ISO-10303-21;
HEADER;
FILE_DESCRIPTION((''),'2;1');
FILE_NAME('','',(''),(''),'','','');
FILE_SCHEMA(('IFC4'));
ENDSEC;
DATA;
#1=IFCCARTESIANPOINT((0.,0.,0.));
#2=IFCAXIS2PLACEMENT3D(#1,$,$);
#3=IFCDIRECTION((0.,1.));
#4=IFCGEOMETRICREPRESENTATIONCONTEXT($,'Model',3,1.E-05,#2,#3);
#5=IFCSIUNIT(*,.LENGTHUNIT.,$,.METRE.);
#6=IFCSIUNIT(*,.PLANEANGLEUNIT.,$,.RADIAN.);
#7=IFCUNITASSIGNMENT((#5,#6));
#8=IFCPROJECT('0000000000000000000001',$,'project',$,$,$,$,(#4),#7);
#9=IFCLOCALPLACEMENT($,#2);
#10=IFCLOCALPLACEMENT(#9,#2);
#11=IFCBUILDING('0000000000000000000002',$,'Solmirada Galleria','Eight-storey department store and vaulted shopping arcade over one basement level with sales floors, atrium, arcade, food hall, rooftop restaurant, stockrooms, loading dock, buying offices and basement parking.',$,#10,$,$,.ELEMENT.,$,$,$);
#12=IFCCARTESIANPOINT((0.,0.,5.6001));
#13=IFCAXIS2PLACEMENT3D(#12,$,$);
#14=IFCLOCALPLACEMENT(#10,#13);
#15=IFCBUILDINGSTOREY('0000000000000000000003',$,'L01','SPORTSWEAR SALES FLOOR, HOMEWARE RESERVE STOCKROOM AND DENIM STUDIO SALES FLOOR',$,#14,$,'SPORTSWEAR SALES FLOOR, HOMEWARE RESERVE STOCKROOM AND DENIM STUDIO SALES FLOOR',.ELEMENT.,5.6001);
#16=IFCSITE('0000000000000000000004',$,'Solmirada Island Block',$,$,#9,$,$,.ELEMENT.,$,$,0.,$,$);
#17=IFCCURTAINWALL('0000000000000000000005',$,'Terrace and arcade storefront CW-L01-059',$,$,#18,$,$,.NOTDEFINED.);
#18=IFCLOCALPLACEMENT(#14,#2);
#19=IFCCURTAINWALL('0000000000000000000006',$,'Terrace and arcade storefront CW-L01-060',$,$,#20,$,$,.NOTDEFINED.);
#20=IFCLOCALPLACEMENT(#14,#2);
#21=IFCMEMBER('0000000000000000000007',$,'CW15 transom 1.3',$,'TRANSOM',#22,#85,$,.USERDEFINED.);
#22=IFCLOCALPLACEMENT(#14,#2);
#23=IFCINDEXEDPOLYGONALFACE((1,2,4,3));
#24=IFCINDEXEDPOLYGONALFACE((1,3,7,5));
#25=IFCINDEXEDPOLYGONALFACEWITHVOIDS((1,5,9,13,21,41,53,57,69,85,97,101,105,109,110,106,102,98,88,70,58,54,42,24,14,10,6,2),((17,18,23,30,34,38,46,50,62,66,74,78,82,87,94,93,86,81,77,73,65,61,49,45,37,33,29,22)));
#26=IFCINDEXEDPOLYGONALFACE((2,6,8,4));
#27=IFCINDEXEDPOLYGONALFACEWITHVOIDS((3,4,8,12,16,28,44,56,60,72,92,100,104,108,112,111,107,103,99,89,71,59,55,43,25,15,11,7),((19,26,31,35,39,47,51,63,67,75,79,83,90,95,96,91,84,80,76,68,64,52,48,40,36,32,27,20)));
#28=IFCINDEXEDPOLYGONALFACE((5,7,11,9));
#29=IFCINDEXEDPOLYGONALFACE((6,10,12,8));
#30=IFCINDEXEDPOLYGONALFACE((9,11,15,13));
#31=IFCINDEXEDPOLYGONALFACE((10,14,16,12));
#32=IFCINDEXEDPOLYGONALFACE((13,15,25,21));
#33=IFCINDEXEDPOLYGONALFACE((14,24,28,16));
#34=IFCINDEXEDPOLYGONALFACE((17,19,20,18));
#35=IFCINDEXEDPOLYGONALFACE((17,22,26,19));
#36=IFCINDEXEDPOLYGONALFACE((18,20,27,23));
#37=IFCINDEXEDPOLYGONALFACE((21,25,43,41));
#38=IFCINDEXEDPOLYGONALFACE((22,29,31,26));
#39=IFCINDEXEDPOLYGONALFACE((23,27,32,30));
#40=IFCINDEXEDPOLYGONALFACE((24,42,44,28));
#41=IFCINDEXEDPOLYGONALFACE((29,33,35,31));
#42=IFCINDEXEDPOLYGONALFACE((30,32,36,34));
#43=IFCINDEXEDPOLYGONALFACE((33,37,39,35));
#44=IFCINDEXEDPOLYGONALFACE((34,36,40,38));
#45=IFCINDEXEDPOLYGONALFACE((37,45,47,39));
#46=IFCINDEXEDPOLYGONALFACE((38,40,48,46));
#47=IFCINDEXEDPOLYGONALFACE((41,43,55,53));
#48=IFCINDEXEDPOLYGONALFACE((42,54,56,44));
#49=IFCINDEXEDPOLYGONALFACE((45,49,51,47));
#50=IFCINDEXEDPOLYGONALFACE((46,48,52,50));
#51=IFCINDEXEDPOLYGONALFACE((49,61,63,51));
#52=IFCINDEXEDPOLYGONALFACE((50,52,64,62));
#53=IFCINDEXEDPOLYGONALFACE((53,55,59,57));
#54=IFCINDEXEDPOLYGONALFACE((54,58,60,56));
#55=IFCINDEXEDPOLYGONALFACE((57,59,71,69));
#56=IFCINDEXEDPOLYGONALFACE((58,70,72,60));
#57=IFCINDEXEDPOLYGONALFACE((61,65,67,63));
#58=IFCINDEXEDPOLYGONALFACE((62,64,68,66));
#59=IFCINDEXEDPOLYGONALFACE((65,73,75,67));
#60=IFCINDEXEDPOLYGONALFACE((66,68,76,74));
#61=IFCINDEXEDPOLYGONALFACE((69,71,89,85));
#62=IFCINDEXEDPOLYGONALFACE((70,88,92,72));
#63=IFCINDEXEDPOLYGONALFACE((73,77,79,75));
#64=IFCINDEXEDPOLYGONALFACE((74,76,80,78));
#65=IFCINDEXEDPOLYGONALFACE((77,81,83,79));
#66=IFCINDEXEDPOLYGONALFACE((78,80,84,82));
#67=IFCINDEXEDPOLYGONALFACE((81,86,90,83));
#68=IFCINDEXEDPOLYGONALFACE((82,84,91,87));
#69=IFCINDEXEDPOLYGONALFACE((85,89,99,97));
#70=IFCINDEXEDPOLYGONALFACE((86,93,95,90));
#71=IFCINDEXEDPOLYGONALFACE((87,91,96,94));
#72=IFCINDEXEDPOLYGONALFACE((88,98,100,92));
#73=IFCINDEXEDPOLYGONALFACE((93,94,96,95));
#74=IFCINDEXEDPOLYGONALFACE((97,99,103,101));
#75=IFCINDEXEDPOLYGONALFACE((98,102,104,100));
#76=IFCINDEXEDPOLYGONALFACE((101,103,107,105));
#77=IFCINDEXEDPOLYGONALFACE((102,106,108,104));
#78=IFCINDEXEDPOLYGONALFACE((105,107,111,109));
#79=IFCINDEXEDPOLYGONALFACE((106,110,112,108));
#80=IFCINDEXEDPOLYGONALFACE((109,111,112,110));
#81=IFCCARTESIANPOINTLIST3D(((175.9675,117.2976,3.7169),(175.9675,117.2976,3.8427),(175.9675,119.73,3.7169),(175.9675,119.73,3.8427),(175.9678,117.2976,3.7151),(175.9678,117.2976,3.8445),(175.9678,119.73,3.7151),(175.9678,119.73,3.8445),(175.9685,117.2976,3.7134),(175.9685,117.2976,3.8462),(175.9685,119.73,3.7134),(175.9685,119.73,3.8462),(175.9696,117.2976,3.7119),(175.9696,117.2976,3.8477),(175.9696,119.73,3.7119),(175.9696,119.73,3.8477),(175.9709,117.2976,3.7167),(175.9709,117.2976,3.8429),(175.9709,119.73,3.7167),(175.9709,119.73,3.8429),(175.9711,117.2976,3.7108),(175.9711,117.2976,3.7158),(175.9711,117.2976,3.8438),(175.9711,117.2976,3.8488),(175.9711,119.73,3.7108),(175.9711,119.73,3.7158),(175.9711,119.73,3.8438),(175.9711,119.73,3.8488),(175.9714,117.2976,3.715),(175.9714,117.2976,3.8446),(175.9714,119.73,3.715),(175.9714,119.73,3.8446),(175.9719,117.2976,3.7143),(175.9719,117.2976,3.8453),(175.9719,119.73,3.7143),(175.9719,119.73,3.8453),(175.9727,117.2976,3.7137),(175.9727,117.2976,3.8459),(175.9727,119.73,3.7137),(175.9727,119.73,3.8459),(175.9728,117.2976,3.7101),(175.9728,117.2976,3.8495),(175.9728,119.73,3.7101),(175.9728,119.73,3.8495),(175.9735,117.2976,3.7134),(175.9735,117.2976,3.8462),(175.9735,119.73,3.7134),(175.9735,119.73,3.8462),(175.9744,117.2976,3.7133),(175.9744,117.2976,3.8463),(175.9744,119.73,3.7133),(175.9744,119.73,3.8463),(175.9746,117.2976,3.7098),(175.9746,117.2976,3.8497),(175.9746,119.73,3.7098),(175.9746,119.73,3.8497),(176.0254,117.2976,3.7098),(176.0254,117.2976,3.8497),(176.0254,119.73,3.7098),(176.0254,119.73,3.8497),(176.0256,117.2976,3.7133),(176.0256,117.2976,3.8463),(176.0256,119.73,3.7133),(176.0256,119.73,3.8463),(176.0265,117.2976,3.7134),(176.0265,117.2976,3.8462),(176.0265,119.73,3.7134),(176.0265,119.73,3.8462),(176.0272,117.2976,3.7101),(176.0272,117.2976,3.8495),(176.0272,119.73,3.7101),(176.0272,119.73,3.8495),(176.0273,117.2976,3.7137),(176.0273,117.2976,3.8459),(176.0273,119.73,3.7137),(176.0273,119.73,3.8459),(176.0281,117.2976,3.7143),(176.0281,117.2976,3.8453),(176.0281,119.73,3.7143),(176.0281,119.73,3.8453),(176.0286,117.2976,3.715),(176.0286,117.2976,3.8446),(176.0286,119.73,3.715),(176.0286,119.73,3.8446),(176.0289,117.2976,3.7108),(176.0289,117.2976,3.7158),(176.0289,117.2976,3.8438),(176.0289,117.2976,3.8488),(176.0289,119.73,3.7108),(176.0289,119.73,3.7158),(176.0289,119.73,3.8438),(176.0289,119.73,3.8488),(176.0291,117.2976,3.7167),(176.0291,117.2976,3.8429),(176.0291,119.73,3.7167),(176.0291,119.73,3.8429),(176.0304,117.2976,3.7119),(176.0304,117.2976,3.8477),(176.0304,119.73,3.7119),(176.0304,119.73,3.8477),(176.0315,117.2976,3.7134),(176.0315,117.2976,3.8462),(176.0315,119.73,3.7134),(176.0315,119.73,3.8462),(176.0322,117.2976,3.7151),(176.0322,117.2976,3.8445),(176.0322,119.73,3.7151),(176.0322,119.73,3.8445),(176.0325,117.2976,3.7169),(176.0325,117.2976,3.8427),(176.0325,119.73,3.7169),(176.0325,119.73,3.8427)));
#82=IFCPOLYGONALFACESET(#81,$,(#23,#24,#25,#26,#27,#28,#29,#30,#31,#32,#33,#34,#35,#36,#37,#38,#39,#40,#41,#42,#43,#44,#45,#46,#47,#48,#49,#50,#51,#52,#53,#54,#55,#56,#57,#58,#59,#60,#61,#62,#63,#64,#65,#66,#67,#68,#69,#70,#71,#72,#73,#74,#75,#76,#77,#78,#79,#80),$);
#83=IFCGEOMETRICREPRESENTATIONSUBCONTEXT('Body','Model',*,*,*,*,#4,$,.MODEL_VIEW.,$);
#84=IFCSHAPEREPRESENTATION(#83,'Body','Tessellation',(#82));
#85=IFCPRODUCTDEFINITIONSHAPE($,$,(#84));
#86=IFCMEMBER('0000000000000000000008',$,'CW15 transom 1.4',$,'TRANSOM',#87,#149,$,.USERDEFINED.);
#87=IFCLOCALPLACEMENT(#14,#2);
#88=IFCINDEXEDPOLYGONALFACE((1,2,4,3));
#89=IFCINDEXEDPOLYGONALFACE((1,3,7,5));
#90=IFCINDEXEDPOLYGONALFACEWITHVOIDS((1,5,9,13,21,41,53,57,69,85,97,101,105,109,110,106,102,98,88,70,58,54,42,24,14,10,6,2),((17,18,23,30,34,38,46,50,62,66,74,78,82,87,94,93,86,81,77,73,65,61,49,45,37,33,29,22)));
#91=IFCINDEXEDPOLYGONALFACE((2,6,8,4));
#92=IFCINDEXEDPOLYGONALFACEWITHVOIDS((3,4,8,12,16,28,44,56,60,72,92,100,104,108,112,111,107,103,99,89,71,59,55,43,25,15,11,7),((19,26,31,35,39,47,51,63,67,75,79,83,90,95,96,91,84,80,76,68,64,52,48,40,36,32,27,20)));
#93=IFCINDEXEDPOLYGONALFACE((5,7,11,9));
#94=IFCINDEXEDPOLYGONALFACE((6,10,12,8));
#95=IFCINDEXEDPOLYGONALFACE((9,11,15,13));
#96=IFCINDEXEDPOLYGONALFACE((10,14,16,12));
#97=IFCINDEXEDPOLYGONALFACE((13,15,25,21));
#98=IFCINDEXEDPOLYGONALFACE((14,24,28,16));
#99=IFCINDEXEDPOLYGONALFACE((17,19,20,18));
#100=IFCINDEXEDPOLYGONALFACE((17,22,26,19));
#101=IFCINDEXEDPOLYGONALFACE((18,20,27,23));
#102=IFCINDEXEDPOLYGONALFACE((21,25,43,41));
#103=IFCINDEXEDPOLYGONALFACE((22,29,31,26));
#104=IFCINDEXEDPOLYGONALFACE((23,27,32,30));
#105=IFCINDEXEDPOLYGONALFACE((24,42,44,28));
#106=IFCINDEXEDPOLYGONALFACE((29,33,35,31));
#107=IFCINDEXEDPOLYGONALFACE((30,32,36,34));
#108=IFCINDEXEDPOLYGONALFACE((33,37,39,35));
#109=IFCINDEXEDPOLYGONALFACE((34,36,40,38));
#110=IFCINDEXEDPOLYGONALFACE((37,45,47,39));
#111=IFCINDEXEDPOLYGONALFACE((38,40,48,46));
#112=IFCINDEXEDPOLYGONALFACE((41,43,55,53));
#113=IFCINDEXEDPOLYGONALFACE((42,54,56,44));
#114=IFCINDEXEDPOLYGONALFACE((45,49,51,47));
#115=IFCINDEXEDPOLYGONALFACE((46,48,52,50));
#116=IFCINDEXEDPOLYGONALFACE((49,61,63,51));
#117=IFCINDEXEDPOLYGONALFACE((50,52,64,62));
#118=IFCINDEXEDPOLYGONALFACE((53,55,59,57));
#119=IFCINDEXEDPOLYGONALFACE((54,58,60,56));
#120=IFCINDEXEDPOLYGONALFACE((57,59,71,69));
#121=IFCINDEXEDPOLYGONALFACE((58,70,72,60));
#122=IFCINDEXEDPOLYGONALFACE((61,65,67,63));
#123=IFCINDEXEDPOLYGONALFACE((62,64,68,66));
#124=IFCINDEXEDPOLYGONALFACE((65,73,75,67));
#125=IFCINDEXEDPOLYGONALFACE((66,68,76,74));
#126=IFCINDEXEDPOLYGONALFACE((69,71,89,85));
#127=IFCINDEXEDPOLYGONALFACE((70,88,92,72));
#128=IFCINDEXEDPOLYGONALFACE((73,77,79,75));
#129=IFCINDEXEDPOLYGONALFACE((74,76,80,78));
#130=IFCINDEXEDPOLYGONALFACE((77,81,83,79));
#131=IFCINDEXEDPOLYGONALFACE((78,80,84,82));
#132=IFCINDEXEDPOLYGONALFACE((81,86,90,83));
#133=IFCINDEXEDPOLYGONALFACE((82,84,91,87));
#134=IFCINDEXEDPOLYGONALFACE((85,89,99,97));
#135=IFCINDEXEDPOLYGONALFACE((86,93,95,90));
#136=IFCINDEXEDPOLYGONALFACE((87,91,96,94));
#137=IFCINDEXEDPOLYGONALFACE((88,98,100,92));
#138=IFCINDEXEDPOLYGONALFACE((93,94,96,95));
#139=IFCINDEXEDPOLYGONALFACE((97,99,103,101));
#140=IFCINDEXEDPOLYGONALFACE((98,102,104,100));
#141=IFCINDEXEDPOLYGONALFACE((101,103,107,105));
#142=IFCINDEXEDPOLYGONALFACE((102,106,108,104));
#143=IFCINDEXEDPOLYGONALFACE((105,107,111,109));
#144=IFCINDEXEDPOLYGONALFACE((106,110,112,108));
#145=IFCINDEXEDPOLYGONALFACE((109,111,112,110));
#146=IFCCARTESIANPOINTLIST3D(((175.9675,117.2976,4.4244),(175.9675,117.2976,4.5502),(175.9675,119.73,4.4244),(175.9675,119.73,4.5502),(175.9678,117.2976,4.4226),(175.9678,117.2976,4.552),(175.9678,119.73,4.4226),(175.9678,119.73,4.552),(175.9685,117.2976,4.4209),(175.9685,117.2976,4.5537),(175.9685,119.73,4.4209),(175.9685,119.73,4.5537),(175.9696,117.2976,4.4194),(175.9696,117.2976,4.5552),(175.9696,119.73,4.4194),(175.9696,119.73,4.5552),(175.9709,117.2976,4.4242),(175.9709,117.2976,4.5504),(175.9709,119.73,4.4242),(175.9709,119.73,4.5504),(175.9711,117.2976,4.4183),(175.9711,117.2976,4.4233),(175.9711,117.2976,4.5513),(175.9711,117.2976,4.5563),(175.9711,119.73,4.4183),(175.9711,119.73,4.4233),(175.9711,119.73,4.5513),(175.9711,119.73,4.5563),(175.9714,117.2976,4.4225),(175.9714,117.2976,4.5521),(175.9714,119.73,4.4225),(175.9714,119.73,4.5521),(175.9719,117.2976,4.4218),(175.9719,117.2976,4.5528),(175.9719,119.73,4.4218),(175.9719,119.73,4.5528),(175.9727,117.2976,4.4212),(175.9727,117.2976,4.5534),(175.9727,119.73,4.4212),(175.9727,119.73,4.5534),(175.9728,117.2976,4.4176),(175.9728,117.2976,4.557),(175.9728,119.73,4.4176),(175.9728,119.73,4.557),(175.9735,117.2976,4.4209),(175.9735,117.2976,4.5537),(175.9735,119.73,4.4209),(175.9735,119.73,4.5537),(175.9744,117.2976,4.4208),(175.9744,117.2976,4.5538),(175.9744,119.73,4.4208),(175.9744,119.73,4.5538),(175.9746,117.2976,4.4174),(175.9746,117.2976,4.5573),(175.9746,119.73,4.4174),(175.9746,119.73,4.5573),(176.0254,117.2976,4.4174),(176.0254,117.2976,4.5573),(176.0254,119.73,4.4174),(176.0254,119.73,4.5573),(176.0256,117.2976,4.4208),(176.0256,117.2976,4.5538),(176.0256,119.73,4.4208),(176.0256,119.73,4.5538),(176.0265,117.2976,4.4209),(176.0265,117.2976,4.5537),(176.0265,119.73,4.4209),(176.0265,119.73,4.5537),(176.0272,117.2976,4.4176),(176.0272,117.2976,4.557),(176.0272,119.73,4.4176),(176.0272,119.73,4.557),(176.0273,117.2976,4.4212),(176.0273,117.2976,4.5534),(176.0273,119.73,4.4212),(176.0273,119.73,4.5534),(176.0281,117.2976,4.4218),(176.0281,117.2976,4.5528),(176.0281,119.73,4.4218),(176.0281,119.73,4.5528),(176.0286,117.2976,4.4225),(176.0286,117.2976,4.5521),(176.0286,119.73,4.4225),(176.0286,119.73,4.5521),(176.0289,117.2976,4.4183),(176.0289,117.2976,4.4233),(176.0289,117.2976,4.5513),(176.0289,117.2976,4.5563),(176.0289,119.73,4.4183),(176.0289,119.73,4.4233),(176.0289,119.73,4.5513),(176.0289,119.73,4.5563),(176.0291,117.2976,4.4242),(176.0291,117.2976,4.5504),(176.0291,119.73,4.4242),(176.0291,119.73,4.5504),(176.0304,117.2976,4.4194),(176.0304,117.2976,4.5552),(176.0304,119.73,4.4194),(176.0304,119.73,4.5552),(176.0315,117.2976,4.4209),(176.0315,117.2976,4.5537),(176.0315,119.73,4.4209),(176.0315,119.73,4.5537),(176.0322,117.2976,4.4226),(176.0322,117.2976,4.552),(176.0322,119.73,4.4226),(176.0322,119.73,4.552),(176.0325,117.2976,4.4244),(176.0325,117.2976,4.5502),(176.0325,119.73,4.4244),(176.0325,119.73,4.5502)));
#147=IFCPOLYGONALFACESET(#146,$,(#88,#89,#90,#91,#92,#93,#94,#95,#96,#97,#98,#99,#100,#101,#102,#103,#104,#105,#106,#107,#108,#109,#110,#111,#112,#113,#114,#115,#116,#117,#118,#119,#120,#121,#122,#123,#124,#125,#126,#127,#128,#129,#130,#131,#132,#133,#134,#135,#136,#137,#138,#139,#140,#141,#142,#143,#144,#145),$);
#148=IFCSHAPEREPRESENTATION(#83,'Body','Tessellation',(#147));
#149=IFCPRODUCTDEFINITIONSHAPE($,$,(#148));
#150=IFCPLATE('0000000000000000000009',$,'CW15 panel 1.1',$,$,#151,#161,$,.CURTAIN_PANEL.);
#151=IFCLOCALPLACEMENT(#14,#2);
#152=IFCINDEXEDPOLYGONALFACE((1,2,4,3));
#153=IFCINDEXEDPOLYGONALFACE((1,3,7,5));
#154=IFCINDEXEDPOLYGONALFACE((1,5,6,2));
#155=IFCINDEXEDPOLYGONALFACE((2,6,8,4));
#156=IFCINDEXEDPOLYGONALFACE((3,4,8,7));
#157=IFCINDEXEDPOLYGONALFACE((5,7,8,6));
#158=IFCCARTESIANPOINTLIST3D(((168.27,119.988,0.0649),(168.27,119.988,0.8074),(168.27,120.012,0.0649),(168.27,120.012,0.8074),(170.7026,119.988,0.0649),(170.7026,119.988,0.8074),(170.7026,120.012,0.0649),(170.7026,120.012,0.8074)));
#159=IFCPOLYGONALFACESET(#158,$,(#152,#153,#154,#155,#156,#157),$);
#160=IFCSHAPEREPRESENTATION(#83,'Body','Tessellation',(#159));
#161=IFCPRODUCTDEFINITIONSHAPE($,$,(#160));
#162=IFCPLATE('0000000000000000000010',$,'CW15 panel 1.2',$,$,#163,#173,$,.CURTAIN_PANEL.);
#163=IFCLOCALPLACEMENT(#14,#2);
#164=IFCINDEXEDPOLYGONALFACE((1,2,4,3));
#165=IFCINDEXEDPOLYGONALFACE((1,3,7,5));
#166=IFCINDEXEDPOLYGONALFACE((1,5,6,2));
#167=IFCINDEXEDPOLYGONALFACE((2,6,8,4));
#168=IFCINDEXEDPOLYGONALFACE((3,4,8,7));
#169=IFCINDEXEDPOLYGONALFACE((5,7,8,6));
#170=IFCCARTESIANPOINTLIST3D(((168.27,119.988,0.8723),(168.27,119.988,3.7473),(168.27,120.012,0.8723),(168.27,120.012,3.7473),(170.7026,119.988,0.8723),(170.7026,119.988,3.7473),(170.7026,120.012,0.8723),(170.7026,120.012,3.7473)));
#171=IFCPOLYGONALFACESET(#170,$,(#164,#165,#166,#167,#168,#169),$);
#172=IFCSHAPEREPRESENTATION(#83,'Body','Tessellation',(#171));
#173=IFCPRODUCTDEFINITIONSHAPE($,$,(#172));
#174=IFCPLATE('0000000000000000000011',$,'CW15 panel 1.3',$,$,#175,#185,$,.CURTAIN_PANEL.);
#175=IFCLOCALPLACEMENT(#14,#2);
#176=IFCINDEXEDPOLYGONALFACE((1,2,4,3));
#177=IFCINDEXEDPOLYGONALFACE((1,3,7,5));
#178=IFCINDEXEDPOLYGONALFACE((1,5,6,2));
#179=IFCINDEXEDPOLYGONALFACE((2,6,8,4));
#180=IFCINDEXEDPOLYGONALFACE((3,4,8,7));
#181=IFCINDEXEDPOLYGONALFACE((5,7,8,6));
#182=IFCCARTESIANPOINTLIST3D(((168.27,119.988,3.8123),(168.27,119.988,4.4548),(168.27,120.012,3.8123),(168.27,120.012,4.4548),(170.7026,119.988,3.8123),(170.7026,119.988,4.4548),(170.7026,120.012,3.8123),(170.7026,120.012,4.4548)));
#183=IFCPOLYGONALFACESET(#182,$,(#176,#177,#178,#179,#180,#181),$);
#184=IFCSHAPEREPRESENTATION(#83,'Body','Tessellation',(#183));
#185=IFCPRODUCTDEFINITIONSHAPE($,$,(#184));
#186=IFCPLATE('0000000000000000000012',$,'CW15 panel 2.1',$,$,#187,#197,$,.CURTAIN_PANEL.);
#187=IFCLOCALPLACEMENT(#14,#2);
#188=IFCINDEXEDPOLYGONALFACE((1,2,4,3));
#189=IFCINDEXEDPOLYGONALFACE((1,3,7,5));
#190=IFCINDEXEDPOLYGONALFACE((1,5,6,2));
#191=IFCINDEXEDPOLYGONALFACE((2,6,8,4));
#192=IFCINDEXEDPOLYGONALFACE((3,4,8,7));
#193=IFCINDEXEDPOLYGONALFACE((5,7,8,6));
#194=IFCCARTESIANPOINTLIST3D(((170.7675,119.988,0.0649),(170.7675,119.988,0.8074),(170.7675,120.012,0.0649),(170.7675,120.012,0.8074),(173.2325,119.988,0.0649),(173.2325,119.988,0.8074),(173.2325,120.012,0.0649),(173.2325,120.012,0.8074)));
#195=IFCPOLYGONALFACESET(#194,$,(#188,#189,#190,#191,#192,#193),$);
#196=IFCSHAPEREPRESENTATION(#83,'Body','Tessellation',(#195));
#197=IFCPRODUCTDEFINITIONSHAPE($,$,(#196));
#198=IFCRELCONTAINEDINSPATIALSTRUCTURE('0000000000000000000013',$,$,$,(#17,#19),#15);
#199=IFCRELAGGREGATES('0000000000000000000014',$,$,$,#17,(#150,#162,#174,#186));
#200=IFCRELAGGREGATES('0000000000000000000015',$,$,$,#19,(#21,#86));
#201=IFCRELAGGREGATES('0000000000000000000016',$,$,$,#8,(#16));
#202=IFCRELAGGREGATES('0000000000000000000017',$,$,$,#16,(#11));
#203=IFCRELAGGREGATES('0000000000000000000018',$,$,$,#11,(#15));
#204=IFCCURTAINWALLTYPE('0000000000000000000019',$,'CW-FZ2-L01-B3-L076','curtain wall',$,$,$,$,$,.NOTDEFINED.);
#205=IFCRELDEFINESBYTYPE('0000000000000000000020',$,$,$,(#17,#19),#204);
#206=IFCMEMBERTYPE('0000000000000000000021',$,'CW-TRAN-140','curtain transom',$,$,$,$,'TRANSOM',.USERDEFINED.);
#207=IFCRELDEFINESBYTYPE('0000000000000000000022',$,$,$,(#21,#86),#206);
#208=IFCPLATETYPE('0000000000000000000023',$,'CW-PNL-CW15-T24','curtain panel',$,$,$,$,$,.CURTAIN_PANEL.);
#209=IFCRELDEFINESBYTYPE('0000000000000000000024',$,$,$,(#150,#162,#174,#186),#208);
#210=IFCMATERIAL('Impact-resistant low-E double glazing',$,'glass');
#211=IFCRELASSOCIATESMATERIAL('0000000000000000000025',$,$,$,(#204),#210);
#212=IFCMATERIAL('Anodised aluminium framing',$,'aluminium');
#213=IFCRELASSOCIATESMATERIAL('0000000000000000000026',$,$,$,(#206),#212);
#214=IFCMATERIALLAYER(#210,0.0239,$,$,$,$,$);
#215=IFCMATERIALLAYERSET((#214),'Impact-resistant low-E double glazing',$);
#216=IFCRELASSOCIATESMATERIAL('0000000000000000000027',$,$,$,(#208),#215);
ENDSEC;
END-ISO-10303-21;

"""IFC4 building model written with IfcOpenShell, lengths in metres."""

from ifc_helpers import new_model, si_unit, direction, frame, origin, origin_2d, place, context, subcontext, project, spatial, rectangle, hollow_rectangle, extrude, material, layer, layer_set, material_profile, profile_set, type_object, element, aggregate, save


model = new_model("IFC4")

# Units and contexts
model_context = context("Model", 3, precision=1e-05, world=origin(), true_north=direction((0.0, 1.0)))
body_context = subcontext(model_context, "Body", "Model", "MODEL_VIEW")
ifc_project = project(units=[si_unit("LENGTHUNIT", "METRE"), si_unit("PLANEANGLEUNIT", "RADIAN")], contexts=[model_context])

# Site, building, storey
site_placement = place(None, origin())
site = spatial("IfcSite", under=ifc_project, at=site_placement, Name="Solmirada Island Block", CompositionType="ELEMENT", RefElevation=0.0)
building_placement = place(site_placement, origin())
building = spatial("IfcBuilding", under=site, at=building_placement, Name="Solmirada Galleria", Description="Eight-storey department store and vaulted shopping arcade over one basement level with sales floors, atrium, arcade, food hall, rooftop restaurant, stockrooms, loading dock, buying offices and basement parking.", CompositionType="ELEMENT")
storey_placement = place(building_placement, frame((0.0, 0.0, 5.6001)))
storey = spatial("IfcBuildingStorey", under=building, at=storey_placement, Name="L01", Description="SPORTSWEAR SALES FLOOR, HOMEWARE RESERVE STOCKROOM AND DENIM STUDIO SALES FLOOR", LongName="SPORTSWEAR SALES FLOOR, HOMEWARE RESERVE STOCKROOM AND DENIM STUDIO SALES FLOOR", CompositionType="ELEMENT", Elevation=5.6001)

# Curtain wall
ifc_material_1 = material(Name="Impact-resistant low-E double glazing", Category="glass")
curtain_wall_type = type_object("IfcCurtainWallType", Name="CW-FZ2-L01-B3-L076", Description="curtain wall", PredefinedType="NOTDEFINED", material=ifc_material_1)
curtain_wall_1_placement = place(storey_placement, origin())
curtain_wall_1 = element("IfcCurtainWall", 1, at=curtain_wall_1_placement, inside=storey, type_object=curtain_wall_type, Name="Terrace and arcade storefront CW-L01-059", PredefinedType="NOTDEFINED")
ifc_material_2 = material(Name="Anodised aluminium framing", Category="aluminium")

# Curtain wall
curtain_wall_2_placement = place(storey_placement, origin())
curtain_wall_2 = element("IfcCurtainWall", 2, at=curtain_wall_2_placement, inside=storey, type_object=curtain_wall_type, Name="Terrace and arcade storefront CW-L01-060", PredefinedType="NOTDEFINED")

# Members
ifc_material_profile_1 = material_profile(ifc_material_2, hollow_rectangle(XDim=0.0649, YDim=0.1399, WallThickness=0.0034, InnerFilletRadius=0.0034, OuterFilletRadius=0.0071, at=origin_2d()), Name="ALU-TRAN-140X65")
ifc_profile_set_1 = profile_set([ifc_material_profile_1], Name="Anodised aluminium framing")
member_type_1 = type_object("IfcMemberType", Name="CW-TRAN-140", Description="curtain transom", ElementType="TRANSOM", PredefinedType="USERDEFINED", material=ifc_profile_set_1)
member_1_placement = place(storey_placement, frame((176.0, 119.73, 3.7798), z_axis=(0.0, -1.0, 0.0), x_axis=(1.0, 0.0, 0.0)))
member_1 = element("IfcMember", 3, at=member_1_placement, type_object=member_type_1, Name="CW15 transom 1.3", ObjectType="TRANSOM", PredefinedType="USERDEFINED", context=body_context, shape_type="SweptSolid", body=[
    extrude(hollow_rectangle(XDim=0.0649, YDim=0.1399, WallThickness=0.0034, InnerFilletRadius=0.0034, OuterFilletRadius=0.0071, at=origin_2d()), origin(), (0.0, 0.0, 1.0), 2.4324),
])
member_2_placement = place(storey_placement, frame((176.0, 119.73, 4.4873), z_axis=(0.0, -1.0, 0.0), x_axis=(1.0, 0.0, 0.0)))
member_2 = element("IfcMember", 4, at=member_2_placement, type_object=member_type_1, Name="CW15 transom 1.4", ObjectType="TRANSOM", PredefinedType="USERDEFINED", context=body_context, shape_type="SweptSolid", body=[
    extrude(hollow_rectangle(XDim=0.0649, YDim=0.1399, WallThickness=0.0034, InnerFilletRadius=0.0034, OuterFilletRadius=0.0071, at=origin_2d()), origin(), (0.0, 0.0, 1.0), 2.4324),
])

# Plates
ifc_layer_1 = layer(ifc_material_1, 0.0239)
ifc_layer_set_1 = layer_set([ifc_layer_1], Name="Impact-resistant low-E double glazing")
plate_type = type_object("IfcPlateType", Name="CW-PNL-CW15-T24", Description="curtain panel", PredefinedType="CURTAIN_PANEL", material=ifc_layer_set_1)
plate_1_placement = place(storey_placement, frame((169.4863, 120.0, 0.0649), z_axis=(0.0, 0.0, 1.0), x_axis=(1.0, 0.0, 0.0)))
plate_1 = element("IfcPlate", 5, at=plate_1_placement, type_object=plate_type, Name="CW15 panel 1.1", PredefinedType="CURTAIN_PANEL", context=body_context, shape_type="SweptSolid", body=[
    extrude(rectangle(XDim=2.4326, YDim=0.0239, at=origin_2d()), origin(), (0.0, 0.0, 1.0), 0.7424),
])
plate_2_placement = place(storey_placement, frame((169.4863, 120.0, 0.8723), z_axis=(0.0, 0.0, 1.0), x_axis=(1.0, 0.0, 0.0)))
plate_2 = element("IfcPlate", 6, at=plate_2_placement, type_object=plate_type, Name="CW15 panel 1.2", PredefinedType="CURTAIN_PANEL", context=body_context, shape_type="SweptSolid", body=[
    extrude(rectangle(XDim=2.4326, YDim=0.0239, at=origin_2d()), origin(), (0.0, 0.0, 1.0), 2.875),
])
plate_3_placement = place(storey_placement, frame((169.4863, 120.0, 3.8123), z_axis=(0.0, 0.0, 1.0), x_axis=(1.0, 0.0, 0.0)))
plate_3 = element("IfcPlate", 7, at=plate_3_placement, type_object=plate_type, Name="CW15 panel 1.3", PredefinedType="CURTAIN_PANEL", context=body_context, shape_type="SweptSolid", body=[
    extrude(rectangle(XDim=2.4326, YDim=0.0239, at=origin_2d()), origin(), (0.0, 0.0, 1.0), 0.6426),
])
plate_4_placement = place(storey_placement, frame((172.0, 120.0, 0.0649), z_axis=(0.0, 0.0, 1.0), x_axis=(1.0, 0.0, 0.0)))
plate_4 = element("IfcPlate", 8, at=plate_4_placement, type_object=plate_type, Name="CW15 panel 2.1", PredefinedType="CURTAIN_PANEL", context=body_context, shape_type="SweptSolid", body=[
    extrude(rectangle(XDim=2.4651, YDim=0.0239, at=origin_2d()), origin(), (0.0, 0.0, 1.0), 0.7424),
])
aggregate(curtain_wall_1, [plate_1, plate_2, plate_3, plate_4])
aggregate(curtain_wall_2, [member_1, member_2])

save(model, "model.ifc")
